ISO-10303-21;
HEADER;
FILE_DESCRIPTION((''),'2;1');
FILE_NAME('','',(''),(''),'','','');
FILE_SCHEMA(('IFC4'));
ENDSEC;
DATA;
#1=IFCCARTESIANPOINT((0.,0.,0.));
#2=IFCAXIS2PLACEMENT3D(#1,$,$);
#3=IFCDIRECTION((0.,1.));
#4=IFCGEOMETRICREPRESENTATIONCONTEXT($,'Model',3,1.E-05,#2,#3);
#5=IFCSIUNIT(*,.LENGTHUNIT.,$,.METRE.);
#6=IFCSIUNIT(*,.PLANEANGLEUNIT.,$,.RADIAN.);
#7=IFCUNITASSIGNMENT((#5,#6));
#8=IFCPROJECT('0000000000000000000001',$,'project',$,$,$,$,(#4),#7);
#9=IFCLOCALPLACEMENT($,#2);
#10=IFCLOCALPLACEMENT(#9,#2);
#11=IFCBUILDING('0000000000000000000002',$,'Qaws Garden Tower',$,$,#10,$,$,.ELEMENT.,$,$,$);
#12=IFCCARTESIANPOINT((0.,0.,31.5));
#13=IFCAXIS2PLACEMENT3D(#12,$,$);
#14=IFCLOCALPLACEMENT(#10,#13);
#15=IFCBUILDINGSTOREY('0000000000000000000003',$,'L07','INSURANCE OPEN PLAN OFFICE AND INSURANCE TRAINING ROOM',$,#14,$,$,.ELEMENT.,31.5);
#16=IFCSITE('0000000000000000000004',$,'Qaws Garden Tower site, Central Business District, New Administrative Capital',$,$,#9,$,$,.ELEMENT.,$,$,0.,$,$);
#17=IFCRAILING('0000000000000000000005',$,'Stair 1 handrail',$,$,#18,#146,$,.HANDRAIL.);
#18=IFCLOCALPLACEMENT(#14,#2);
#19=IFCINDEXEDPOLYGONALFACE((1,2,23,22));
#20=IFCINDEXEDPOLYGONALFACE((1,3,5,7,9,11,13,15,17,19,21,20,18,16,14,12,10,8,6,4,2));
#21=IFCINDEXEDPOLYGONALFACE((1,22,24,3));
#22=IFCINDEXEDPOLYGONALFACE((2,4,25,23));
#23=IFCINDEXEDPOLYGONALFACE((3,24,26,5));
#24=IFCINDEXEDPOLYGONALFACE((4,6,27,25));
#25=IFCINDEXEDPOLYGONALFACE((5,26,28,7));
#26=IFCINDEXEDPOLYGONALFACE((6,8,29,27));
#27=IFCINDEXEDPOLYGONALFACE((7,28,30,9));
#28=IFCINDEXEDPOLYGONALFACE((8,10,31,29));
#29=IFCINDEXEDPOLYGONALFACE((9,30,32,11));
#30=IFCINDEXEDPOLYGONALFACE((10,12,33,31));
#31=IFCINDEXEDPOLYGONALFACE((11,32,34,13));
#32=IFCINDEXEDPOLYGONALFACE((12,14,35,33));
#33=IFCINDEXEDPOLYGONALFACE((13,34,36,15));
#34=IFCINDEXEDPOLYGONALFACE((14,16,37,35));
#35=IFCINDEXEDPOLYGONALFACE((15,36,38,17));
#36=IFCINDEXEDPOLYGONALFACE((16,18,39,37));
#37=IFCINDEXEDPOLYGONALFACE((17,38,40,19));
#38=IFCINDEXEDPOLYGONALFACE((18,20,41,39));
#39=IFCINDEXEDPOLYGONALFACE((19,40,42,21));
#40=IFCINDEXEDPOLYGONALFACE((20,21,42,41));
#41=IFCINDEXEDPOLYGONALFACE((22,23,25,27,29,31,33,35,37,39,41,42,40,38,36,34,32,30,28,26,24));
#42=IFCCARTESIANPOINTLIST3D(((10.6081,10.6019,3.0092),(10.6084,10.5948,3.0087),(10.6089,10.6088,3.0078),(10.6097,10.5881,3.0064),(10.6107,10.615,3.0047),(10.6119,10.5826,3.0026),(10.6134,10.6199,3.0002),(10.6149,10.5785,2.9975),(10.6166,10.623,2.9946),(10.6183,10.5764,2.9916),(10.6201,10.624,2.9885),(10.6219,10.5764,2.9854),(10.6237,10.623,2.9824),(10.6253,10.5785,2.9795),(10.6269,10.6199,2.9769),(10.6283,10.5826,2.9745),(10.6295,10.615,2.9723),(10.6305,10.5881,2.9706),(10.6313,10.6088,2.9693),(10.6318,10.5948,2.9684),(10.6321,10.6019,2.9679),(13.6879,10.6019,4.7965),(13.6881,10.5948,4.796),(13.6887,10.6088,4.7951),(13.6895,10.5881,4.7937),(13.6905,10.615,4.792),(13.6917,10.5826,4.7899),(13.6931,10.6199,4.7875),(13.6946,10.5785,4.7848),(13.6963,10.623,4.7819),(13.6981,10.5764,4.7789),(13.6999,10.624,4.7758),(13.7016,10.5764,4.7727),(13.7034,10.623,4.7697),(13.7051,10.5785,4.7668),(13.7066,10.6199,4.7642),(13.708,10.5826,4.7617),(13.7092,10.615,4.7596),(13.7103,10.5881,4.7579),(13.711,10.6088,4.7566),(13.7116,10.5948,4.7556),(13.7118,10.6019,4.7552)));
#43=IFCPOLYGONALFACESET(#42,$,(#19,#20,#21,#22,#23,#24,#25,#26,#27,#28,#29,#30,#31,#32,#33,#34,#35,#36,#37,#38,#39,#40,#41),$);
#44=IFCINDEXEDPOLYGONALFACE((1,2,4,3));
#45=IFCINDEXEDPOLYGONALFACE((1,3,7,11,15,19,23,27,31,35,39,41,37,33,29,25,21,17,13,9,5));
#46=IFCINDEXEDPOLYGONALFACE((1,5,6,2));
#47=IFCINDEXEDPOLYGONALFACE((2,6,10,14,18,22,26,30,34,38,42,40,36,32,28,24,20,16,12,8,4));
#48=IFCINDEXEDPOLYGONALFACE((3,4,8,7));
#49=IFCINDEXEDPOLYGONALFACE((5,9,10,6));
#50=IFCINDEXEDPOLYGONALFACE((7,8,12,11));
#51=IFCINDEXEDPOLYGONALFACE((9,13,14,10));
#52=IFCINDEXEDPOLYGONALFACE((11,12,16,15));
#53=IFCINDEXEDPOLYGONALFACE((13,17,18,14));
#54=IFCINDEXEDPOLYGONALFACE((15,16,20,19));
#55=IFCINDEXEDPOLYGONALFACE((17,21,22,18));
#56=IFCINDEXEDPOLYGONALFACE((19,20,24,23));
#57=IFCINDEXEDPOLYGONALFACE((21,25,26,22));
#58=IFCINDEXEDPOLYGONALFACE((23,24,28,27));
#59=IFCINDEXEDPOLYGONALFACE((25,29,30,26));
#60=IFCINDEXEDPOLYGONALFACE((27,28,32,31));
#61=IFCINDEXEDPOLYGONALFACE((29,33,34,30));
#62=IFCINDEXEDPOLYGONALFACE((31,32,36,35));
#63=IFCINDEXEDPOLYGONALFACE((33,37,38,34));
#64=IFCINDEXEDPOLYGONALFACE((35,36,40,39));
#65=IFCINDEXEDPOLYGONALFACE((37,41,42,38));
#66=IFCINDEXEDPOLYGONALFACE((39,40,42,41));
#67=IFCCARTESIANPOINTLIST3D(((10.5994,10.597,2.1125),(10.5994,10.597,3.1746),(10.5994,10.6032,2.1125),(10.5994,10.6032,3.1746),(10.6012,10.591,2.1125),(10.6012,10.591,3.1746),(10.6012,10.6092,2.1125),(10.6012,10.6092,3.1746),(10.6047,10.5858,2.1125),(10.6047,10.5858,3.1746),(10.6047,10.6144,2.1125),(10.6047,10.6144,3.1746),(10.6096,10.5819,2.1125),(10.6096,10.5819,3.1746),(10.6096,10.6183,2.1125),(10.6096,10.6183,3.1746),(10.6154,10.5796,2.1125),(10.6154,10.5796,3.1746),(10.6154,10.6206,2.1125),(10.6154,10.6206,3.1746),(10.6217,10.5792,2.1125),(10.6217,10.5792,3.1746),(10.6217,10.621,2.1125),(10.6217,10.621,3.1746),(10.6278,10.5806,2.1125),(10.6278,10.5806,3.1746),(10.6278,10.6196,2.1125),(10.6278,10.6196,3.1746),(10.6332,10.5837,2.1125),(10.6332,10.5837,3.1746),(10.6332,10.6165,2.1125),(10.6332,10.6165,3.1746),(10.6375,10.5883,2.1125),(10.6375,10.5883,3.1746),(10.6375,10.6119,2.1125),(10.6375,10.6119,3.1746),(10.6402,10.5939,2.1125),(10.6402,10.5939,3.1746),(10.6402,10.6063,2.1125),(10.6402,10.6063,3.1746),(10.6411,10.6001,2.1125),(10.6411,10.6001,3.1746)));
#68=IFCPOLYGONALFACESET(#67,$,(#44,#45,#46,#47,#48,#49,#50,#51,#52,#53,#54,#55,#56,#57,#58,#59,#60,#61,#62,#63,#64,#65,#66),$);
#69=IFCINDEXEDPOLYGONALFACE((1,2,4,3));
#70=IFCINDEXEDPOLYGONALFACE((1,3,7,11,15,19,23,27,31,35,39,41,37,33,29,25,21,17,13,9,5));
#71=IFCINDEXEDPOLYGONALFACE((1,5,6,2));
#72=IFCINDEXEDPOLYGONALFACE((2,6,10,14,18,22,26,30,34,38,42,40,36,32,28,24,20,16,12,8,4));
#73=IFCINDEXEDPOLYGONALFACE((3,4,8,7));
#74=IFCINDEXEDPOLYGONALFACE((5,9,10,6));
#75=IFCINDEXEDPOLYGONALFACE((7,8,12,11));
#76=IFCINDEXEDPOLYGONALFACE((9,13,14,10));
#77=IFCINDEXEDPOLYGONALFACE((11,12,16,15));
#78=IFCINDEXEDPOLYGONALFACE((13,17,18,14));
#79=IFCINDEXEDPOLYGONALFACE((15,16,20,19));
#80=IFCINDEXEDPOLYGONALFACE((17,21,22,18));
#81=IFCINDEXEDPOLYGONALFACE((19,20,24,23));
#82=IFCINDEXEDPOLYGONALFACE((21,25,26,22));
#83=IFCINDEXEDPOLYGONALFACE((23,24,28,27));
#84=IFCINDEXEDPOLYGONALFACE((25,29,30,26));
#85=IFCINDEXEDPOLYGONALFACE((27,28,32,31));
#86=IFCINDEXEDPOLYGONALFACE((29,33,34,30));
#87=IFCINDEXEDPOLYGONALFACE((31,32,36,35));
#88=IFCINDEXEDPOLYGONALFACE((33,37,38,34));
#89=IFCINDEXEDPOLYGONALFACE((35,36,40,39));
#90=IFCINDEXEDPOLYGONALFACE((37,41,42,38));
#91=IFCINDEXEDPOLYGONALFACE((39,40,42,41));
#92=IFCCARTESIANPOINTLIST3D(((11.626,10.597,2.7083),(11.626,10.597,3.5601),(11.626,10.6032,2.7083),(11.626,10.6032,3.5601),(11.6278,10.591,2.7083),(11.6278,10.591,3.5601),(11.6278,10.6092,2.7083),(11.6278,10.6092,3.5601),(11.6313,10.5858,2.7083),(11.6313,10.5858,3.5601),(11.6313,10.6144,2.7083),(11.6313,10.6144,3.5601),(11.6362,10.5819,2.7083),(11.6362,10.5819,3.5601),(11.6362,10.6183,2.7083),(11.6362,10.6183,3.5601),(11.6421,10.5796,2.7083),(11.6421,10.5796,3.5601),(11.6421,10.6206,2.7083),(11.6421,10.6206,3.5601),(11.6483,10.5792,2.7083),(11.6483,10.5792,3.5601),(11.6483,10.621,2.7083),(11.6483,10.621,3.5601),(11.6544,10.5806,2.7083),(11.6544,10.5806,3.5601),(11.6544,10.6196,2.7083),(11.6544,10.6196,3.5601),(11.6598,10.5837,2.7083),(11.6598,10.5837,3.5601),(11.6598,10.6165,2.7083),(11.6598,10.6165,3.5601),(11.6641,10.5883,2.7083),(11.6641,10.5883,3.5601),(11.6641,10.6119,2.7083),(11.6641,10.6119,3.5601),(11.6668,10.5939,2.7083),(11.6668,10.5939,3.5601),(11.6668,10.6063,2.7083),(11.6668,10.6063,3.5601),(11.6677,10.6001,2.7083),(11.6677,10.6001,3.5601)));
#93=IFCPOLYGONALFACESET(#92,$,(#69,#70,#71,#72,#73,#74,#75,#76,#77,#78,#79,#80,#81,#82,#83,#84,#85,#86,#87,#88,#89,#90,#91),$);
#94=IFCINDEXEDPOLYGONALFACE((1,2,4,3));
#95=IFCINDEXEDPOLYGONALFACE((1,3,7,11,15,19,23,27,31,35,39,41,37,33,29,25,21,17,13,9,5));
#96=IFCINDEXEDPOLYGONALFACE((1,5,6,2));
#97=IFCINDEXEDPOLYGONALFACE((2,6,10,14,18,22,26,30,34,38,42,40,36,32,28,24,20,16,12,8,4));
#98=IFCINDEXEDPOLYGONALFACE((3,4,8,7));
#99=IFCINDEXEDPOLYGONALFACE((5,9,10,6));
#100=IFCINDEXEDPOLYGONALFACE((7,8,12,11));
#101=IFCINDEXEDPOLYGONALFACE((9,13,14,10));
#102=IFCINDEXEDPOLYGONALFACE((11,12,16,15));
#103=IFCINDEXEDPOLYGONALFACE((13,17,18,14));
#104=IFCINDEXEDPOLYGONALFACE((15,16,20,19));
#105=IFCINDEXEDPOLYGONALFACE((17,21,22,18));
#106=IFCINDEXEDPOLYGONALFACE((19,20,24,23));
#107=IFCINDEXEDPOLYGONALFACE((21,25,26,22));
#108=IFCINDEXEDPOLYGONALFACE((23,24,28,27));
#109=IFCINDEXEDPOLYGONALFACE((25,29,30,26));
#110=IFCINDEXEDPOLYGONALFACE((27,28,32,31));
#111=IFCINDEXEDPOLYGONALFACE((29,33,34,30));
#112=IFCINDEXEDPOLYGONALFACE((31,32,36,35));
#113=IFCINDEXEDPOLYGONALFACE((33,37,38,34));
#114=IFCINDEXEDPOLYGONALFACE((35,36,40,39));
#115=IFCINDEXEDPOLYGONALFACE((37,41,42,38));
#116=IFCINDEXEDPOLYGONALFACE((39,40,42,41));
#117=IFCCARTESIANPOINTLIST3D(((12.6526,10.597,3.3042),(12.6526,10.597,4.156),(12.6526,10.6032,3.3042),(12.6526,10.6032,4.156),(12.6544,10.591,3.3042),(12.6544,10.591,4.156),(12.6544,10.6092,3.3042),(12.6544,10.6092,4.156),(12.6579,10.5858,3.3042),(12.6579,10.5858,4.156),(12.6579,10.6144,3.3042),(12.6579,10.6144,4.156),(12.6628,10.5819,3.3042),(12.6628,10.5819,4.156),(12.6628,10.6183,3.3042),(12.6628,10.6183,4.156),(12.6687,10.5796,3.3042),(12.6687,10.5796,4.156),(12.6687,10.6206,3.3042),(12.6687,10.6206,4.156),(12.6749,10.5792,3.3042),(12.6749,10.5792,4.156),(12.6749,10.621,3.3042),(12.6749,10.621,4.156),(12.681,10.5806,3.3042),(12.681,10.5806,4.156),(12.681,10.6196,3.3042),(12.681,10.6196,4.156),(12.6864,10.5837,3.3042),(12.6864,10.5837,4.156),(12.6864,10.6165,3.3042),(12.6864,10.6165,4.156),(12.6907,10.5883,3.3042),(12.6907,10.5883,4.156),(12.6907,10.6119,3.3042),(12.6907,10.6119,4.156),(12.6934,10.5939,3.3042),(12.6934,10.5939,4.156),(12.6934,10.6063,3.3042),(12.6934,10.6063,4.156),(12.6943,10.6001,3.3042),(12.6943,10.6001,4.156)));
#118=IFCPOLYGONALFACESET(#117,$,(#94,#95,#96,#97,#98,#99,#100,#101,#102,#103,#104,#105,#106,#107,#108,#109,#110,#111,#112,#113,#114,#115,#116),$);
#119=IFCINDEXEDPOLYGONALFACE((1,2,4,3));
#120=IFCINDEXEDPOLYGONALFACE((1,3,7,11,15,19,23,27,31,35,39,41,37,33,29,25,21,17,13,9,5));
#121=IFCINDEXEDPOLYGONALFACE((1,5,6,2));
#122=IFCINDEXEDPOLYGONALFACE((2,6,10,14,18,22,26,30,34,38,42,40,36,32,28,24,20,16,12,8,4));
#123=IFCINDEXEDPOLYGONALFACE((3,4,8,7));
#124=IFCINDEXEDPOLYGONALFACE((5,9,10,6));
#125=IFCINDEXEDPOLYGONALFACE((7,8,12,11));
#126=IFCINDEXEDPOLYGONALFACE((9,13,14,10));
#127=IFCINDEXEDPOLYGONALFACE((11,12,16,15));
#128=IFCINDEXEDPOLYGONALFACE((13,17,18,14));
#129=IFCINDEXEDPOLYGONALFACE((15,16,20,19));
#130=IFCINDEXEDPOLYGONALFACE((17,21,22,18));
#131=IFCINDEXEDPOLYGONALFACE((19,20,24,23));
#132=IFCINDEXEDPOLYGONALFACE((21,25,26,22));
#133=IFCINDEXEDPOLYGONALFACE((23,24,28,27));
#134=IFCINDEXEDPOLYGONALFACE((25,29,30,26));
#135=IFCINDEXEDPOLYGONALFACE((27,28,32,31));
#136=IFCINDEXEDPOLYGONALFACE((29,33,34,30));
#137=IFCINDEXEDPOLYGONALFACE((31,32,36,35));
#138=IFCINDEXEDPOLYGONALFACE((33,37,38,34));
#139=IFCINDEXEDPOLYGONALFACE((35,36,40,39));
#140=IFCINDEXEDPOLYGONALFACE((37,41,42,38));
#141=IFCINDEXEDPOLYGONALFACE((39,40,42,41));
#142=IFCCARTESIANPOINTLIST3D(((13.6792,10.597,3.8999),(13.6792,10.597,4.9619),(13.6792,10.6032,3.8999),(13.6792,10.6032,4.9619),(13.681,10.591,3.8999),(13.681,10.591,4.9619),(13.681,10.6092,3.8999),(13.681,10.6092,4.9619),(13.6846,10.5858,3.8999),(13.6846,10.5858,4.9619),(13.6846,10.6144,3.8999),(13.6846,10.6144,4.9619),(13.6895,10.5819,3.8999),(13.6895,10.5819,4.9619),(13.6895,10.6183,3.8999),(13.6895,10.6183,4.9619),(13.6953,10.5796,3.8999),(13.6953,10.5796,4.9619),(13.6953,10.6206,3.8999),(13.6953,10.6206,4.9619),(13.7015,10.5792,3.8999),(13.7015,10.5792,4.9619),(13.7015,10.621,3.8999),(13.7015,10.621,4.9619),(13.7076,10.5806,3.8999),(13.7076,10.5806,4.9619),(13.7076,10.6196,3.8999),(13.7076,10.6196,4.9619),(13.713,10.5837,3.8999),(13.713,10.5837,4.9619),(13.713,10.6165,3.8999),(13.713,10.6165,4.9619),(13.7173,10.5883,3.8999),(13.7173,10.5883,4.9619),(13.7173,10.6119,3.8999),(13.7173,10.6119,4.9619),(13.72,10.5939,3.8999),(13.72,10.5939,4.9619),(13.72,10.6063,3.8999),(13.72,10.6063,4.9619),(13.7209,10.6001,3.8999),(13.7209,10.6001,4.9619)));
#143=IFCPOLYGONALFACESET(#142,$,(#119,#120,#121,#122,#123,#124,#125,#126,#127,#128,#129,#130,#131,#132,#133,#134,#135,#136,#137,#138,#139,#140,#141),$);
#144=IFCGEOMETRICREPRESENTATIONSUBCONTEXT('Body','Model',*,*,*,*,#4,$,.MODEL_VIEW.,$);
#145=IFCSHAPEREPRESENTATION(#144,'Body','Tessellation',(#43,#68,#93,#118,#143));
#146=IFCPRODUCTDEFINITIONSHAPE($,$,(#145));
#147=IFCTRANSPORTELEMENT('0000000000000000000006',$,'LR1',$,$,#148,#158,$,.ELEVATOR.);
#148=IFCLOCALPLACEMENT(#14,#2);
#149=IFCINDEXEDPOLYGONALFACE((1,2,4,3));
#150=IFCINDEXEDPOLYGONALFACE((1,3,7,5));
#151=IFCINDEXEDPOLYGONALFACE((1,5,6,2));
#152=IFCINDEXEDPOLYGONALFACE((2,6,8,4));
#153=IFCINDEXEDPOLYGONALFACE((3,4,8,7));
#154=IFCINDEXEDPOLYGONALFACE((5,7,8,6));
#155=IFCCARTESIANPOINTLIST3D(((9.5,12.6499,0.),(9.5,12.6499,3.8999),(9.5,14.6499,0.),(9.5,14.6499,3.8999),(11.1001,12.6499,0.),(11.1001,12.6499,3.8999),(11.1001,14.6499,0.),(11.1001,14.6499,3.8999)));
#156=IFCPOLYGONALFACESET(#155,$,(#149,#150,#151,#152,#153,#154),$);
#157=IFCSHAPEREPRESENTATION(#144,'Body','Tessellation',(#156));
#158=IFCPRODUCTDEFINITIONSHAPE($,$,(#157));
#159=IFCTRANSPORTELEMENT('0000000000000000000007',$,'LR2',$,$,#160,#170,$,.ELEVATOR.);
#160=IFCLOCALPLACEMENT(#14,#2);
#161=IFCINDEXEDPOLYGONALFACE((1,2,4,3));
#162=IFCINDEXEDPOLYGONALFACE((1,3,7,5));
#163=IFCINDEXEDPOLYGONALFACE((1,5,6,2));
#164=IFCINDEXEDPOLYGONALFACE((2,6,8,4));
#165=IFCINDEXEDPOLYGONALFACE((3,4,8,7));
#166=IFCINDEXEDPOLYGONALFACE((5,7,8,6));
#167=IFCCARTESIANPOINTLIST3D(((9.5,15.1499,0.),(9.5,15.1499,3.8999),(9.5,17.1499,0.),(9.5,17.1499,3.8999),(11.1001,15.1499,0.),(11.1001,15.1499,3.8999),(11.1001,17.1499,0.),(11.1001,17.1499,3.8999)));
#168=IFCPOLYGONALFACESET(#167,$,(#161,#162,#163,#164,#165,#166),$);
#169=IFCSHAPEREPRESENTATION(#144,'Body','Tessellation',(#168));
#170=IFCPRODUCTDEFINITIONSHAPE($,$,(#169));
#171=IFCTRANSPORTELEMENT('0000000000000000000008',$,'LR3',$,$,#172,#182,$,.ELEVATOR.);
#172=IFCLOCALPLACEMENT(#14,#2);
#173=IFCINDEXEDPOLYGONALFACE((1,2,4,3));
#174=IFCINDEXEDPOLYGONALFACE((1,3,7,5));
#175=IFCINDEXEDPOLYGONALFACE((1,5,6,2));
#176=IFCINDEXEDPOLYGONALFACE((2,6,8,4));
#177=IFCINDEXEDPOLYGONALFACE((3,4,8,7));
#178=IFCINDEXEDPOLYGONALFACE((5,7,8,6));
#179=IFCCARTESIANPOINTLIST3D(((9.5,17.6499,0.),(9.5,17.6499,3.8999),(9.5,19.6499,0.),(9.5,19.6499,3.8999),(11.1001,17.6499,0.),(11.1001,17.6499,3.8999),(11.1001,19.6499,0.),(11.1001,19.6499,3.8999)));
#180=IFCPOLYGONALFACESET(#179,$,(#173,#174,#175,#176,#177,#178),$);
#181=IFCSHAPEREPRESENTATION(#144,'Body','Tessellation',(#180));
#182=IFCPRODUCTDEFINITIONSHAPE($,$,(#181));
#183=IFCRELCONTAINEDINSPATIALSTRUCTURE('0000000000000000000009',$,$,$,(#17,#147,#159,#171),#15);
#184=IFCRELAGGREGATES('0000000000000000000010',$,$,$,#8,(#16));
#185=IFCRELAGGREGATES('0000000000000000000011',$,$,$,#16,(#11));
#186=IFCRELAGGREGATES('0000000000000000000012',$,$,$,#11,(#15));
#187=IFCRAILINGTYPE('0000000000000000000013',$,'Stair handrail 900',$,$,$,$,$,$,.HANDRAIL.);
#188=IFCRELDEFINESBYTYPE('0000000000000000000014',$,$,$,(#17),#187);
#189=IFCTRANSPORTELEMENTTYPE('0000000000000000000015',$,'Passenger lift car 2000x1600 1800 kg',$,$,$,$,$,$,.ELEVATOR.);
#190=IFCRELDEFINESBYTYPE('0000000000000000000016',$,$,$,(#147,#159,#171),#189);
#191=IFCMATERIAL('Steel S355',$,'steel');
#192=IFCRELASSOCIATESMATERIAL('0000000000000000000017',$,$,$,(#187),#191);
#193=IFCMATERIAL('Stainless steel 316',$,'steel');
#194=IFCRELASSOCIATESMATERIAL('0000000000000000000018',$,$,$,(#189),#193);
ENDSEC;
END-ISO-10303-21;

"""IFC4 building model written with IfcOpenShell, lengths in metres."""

from ifc_helpers import new_model, si_unit, direction, frame, origin, origin_2d, place, context, subcontext, project, spatial, rectangle, circle, extrude, material, type_object, element, save


model = new_model("IFC4")

# Units and contexts
model_context = context("Model", 3, precision=1e-05, world=origin(), true_north=direction((0.0, 1.0)))
body_context = subcontext(model_context, "Body", "Model", "MODEL_VIEW")
ifc_project = project(units=[si_unit("LENGTHUNIT", "METRE"), si_unit("PLANEANGLEUNIT", "RADIAN")], contexts=[model_context])

# Site, building, storey
site_placement = place(None, origin())
site = spatial("IfcSite", under=ifc_project, at=site_placement, Name="Qaws Garden Tower site, Central Business District, New Administrative Capital", CompositionType="ELEMENT", RefElevation=0.0)
building_placement = place(site_placement, origin())
building = spatial("IfcBuilding", under=site, at=building_placement, Name="Qaws Garden Tower", CompositionType="ELEMENT")
storey_placement = place(building_placement, frame((0.0, 0.0, 31.5)))
storey = spatial("IfcBuildingStorey", under=building, at=storey_placement, Name="L07", Description="INSURANCE OPEN PLAN OFFICE AND INSURANCE TRAINING ROOM", CompositionType="ELEMENT", Elevation=31.5)

# Railing
ifc_material_1 = material(Name="Steel S355", Category="steel")
railing_type = type_object("IfcRailingType", Name="Stair handrail 900", PredefinedType="HANDRAIL", material=ifc_material_1)
railing_1_placement = place(storey_placement, frame((10.6201, 10.6001, 2.1125)))
element("IfcRailing", 1, at=railing_1_placement, inside=storey, type_object=railing_type, Name="Stair 1 handrail", PredefinedType="HANDRAIL", context=body_context, shape_type="SweptSolid", body=[
    extrude(circle(Radius=0.0239, at=origin_2d()), frame((0.0, 0.0, 0.876), z_axis=(0.864903, 0.0, 0.501939), x_axis=(0.0, 1.0, 0.0)), (0.0, 0.0, 1.0), 3.5608),
    extrude(circle(Radius=0.021, at=origin_2d()), origin(), (0.0, 0.0, 1.0), 1.062),
    extrude(circle(Radius=0.021, at=origin_2d()), frame((1.0266, 0.0, 0.5957)), (0.0, 0.0, 1.0), 0.8518),
    extrude(circle(Radius=0.021, at=origin_2d()), frame((2.0532, 0.0, 1.1917)), (0.0, 0.0, 1.0), 0.8518),
    extrude(circle(Radius=0.021, at=origin_2d()), frame((3.0798, 0.0, 1.7874)), (0.0, 0.0, 1.0), 1.062),
])

# Transport elements
ifc_material_2 = material(Name="Stainless steel 316", Category="steel")
transport_element_type = type_object("IfcTransportElementType", Name="Passenger lift car 2000x1600 1800 kg", PredefinedType="ELEVATOR", material=ifc_material_2)
for number, where, z_axis, x_axis, name in (
    (2, (10.3, 13.6499, 0.0), (0.0, 0.0, 1.0), (1.0, 0.0, 0.0), "LR1"),
    (3, (10.3, 16.1499, 0.0), (0.0, 0.0, 1.0), (1.0, 0.0, 0.0), "LR2"),
    (4, (10.3, 18.6499, 0.0), (0.0, 0.0, 1.0), (1.0, 0.0, 0.0), "LR3"),
):
    element("IfcTransportElement", number, at=place(storey_placement, frame(where, z_axis=z_axis, x_axis=x_axis)), inside=storey, type_object=transport_element_type, Name=name, PredefinedType="ELEVATOR", context=body_context, shape_type="SweptSolid", body=[
        extrude(rectangle(XDim=1.6001, YDim=2.0, at=origin_2d()), origin(), (0.0, 0.0, 1.0), 3.8999),
    ])

save(model, "model.ifc")
